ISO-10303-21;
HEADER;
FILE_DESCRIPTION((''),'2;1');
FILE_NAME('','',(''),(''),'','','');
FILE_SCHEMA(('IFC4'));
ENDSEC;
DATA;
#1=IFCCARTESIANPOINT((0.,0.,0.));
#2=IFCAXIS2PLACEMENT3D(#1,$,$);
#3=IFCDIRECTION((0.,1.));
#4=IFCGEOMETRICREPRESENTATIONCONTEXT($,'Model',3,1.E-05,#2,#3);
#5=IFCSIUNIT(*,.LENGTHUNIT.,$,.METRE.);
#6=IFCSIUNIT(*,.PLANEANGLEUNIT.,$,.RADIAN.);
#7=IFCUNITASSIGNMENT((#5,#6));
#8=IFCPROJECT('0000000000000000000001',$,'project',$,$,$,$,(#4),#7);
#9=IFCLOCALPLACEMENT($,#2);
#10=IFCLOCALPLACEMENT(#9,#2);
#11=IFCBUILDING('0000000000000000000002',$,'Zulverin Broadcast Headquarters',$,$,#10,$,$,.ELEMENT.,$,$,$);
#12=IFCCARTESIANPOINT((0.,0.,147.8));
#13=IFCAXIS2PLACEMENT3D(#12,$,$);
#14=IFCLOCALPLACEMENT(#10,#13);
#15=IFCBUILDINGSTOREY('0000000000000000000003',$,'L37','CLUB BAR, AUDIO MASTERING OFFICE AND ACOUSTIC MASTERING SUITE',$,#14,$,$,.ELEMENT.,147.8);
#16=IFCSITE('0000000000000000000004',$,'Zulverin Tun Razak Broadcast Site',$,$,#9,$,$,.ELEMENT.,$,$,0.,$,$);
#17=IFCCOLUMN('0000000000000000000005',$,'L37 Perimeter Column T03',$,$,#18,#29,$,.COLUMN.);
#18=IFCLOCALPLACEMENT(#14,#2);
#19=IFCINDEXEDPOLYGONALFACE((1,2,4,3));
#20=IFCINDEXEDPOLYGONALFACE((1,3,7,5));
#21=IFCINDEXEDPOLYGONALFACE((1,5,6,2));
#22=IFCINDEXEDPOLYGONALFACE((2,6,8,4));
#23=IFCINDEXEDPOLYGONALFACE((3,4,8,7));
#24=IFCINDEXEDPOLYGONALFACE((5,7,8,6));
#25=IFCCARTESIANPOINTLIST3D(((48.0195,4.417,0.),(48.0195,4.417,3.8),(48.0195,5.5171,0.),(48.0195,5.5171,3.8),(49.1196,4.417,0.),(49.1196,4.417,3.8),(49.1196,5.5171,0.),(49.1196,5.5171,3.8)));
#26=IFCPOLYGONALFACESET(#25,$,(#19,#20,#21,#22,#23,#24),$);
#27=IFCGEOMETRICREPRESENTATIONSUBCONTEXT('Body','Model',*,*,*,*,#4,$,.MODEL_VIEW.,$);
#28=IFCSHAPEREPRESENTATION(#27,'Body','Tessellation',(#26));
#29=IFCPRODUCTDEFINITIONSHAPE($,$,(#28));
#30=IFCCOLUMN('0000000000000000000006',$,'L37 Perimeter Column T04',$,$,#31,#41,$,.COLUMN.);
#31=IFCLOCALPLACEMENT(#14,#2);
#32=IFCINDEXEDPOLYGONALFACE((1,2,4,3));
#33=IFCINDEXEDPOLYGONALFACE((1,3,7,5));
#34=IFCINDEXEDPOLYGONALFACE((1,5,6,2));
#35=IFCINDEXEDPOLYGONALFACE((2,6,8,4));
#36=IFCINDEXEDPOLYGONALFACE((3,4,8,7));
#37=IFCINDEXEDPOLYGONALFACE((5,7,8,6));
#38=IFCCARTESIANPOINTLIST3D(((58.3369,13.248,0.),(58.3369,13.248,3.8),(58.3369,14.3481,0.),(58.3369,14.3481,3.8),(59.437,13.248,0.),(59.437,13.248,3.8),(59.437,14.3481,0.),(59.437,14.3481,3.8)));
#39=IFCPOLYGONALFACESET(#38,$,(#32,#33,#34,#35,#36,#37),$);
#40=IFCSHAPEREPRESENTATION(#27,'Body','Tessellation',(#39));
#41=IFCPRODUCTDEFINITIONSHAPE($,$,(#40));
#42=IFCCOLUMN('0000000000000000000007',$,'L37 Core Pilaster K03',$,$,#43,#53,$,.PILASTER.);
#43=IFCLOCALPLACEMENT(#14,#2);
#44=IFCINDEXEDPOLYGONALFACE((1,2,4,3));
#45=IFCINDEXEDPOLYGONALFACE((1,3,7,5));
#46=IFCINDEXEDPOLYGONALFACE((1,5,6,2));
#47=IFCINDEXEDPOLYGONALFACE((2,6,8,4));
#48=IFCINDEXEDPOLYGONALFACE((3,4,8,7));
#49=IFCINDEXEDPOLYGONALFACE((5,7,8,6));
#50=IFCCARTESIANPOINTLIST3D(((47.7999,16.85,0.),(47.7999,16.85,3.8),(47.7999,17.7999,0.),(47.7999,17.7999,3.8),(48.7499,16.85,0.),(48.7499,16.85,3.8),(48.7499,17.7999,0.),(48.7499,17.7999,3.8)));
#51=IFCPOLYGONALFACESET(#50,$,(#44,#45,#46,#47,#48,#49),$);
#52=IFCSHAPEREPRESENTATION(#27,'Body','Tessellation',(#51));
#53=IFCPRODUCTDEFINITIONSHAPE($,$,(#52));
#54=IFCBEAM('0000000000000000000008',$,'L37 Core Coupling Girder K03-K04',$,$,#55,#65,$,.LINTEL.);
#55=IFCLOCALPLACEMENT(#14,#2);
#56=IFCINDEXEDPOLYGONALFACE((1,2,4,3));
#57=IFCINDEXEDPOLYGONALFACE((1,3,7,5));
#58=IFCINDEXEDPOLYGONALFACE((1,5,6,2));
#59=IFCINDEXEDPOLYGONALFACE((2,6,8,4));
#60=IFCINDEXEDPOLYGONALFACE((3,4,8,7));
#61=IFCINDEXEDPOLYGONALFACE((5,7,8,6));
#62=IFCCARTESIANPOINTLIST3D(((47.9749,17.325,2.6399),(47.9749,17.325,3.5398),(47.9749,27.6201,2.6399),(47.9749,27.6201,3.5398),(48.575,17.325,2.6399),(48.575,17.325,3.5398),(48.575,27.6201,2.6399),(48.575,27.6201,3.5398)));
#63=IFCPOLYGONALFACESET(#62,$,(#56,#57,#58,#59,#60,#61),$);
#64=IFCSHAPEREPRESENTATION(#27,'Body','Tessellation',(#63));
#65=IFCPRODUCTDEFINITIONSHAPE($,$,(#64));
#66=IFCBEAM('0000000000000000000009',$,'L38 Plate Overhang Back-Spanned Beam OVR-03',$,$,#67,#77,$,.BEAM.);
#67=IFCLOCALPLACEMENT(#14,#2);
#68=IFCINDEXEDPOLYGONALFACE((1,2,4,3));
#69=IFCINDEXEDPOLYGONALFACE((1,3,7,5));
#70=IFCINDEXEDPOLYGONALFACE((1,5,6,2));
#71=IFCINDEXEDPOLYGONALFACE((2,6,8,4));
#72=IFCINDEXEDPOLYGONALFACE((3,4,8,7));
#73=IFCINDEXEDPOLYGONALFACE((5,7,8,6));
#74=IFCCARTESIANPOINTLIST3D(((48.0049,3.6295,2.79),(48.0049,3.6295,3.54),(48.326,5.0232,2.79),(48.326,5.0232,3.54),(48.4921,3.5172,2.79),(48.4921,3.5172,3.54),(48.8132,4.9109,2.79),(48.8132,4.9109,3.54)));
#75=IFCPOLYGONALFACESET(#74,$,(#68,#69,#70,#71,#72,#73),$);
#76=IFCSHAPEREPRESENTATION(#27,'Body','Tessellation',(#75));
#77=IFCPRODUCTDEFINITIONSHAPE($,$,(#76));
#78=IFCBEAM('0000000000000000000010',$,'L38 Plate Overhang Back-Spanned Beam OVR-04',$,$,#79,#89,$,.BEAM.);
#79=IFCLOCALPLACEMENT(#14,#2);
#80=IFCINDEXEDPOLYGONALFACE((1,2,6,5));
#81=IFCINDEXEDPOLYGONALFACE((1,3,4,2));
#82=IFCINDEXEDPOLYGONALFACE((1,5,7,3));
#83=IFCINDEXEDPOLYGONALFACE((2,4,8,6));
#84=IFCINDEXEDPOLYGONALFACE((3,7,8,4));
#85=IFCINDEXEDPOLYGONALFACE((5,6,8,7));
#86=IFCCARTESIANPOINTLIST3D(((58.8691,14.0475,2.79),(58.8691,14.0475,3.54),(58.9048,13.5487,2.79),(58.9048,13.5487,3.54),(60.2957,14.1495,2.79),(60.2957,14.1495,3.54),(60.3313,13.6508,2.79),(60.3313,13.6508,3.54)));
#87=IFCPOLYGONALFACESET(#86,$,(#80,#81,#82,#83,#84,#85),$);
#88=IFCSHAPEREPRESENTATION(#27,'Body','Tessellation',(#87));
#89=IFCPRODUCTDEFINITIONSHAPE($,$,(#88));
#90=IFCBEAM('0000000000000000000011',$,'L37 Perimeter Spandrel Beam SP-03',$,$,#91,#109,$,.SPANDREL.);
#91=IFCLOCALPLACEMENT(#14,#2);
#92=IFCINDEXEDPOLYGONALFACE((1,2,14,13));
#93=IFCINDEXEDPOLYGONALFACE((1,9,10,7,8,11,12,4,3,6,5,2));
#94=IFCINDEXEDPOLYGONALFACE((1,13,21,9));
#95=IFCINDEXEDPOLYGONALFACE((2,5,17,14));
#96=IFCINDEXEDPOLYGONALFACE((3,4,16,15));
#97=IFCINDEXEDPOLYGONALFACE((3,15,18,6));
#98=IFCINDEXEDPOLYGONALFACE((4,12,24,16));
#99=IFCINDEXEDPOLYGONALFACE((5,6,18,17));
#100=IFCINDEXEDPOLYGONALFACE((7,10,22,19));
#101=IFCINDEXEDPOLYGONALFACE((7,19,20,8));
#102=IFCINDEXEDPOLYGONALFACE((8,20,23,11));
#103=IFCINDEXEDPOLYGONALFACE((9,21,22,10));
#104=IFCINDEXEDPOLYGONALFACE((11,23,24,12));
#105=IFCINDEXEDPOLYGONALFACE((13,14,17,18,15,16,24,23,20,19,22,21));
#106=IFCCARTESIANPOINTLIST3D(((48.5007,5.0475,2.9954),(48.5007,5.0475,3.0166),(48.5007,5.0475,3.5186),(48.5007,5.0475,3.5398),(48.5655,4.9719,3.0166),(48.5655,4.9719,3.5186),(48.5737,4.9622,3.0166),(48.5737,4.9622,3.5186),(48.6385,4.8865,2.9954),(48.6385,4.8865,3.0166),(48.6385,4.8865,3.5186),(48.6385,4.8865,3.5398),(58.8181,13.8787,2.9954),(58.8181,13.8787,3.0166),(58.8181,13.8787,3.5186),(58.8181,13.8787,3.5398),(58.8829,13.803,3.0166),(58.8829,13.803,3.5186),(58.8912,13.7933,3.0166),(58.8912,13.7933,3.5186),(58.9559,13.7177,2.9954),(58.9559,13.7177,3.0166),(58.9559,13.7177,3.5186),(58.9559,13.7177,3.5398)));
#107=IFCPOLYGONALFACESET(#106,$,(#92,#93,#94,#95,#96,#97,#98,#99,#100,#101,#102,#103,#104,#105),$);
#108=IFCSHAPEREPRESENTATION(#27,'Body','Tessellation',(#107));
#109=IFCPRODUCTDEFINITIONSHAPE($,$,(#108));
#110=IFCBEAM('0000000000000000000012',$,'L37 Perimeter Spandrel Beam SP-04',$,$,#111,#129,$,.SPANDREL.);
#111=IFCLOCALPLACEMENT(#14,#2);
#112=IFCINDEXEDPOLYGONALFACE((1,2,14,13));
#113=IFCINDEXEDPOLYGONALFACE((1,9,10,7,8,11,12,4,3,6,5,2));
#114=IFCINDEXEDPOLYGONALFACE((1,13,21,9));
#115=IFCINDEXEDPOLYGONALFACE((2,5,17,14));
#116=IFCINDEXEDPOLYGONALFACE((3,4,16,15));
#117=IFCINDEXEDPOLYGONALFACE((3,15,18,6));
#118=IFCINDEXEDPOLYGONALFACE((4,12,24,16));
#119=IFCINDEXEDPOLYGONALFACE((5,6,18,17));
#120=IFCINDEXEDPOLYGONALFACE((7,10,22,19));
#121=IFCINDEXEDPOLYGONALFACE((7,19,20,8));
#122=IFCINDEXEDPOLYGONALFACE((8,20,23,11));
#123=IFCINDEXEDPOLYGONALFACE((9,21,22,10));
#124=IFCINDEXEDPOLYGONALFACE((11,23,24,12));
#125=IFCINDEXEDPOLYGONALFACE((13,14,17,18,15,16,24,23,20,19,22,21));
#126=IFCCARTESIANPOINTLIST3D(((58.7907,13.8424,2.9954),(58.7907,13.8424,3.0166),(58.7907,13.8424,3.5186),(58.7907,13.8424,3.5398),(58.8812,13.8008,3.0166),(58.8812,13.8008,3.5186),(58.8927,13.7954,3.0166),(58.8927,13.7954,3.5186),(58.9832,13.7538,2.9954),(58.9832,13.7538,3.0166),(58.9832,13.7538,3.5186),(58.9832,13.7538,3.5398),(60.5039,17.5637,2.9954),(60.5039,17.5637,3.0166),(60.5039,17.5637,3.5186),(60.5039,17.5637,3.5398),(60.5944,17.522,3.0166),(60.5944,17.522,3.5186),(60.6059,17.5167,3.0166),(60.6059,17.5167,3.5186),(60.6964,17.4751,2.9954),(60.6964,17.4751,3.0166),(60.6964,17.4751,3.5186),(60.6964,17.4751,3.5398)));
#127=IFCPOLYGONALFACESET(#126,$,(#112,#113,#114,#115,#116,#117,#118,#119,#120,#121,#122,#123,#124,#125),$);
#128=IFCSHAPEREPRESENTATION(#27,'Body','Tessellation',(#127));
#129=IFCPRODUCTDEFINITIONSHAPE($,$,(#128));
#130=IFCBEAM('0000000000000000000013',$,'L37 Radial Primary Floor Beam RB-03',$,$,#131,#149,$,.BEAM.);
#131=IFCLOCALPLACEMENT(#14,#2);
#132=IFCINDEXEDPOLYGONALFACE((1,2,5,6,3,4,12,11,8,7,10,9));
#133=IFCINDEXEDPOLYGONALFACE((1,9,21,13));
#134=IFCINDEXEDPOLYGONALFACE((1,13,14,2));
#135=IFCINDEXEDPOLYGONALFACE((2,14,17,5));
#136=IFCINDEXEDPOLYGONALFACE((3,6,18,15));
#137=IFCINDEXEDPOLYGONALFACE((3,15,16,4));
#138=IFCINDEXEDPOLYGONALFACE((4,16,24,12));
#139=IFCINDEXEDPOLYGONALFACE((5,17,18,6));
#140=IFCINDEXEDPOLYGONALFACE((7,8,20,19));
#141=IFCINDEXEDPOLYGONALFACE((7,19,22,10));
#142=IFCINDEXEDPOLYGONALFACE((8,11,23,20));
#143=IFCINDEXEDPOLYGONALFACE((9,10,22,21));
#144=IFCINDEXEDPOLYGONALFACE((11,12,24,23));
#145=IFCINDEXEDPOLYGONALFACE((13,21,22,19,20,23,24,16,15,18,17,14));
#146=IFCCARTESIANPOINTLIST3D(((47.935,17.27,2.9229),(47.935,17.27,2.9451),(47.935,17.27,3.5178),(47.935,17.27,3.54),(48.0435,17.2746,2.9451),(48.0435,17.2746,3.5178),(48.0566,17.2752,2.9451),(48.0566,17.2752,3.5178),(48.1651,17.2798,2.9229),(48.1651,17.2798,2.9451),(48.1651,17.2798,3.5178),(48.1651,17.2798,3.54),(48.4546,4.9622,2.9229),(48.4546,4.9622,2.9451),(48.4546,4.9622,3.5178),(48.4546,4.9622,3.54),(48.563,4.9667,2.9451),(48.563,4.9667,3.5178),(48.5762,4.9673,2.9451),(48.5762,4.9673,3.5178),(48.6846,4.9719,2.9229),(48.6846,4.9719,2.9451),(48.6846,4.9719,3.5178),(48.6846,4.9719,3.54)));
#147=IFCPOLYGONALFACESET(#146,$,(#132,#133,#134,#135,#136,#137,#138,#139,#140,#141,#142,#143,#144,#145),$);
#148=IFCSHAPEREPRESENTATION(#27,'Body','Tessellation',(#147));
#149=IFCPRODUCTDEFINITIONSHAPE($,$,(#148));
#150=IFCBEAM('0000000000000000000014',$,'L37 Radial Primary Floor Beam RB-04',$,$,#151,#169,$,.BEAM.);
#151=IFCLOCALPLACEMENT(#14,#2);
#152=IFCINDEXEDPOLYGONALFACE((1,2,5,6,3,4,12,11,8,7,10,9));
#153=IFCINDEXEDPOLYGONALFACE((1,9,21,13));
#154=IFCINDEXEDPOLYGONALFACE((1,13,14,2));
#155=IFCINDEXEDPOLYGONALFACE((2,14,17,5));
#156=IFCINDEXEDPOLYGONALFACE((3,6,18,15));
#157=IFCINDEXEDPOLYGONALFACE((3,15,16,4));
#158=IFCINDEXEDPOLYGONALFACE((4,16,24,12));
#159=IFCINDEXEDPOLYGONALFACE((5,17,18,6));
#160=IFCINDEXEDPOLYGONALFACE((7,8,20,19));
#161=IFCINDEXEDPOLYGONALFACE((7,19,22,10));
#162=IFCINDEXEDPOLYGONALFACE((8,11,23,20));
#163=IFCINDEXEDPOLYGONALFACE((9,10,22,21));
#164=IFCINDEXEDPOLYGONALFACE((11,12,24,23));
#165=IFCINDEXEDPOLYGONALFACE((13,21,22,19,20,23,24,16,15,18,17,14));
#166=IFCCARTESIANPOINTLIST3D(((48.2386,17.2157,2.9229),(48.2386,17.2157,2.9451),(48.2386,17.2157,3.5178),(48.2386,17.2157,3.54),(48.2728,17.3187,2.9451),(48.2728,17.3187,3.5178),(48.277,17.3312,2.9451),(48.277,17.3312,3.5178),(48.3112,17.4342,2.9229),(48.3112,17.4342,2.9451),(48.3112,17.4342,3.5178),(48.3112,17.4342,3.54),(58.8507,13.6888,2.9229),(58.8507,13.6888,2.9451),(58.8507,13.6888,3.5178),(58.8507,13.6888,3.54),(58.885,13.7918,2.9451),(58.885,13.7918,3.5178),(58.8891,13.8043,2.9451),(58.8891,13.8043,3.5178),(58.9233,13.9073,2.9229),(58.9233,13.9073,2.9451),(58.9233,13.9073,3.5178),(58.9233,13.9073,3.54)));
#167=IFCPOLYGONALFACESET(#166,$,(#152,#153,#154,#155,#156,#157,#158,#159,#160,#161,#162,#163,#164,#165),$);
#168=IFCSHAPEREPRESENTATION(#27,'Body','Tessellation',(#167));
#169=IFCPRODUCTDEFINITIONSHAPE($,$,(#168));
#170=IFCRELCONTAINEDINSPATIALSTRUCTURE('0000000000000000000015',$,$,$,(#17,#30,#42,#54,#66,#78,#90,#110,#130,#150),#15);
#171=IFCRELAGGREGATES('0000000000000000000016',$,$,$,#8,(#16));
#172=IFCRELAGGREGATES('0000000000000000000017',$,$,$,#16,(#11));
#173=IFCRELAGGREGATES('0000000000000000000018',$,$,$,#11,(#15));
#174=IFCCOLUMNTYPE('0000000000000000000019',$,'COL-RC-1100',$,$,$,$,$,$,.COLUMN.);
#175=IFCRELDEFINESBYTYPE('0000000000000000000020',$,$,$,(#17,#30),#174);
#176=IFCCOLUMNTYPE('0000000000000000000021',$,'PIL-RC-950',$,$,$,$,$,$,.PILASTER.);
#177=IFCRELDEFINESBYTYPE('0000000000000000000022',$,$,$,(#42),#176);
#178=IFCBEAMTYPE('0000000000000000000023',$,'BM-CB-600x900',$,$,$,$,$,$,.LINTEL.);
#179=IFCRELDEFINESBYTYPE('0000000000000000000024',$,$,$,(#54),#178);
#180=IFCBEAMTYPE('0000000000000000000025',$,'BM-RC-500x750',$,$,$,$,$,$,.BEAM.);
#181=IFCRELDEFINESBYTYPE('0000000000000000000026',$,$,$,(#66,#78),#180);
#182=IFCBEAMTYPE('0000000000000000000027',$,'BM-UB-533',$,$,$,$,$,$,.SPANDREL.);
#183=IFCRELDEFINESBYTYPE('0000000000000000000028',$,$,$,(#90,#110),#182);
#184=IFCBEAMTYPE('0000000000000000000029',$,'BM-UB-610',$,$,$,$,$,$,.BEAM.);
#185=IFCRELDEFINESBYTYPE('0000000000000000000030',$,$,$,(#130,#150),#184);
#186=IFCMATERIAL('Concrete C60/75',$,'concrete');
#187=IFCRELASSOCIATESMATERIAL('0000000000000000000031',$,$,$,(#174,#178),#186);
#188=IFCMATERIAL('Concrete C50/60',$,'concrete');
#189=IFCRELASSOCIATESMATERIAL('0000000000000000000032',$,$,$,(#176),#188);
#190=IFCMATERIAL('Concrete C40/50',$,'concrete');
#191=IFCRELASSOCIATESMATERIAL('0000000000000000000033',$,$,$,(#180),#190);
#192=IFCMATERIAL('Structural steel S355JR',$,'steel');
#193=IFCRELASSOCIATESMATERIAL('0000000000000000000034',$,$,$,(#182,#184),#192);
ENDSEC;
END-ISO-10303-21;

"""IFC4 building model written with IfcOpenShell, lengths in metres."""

from ifc_helpers import new_model, si_unit, direction, frame, origin, origin_2d, place, context, subcontext, project, spatial, rectangle, i_section, extrude, material, material_profile, profile_set, type_object, element, save


model = new_model("IFC4")

# Units and contexts
model_context = context("Model", 3, precision=1e-05, world=origin(), true_north=direction((0.0, 1.0)))
body_context = subcontext(model_context, "Body", "Model", "MODEL_VIEW")
ifc_project = project(units=[si_unit("LENGTHUNIT", "METRE"), si_unit("PLANEANGLEUNIT", "RADIAN")], contexts=[model_context])

# Site, building, storey
site_placement = place(None, origin())
site = spatial("IfcSite", under=ifc_project, at=site_placement, Name="Zulverin Tun Razak Broadcast Site", CompositionType="ELEMENT", RefElevation=0.0)
building_placement = place(site_placement, origin())
building = spatial("IfcBuilding", under=site, at=building_placement, Name="Zulverin Broadcast Headquarters", CompositionType="ELEMENT")
storey_placement = place(building_placement, frame((0.0, 0.0, 147.8)))
storey = spatial("IfcBuildingStorey", under=building, at=storey_placement, Name="L37", Description="CLUB BAR, AUDIO MASTERING OFFICE AND ACOUSTIC MASTERING SUITE", CompositionType="ELEMENT", Elevation=147.8)

# Columns
ifc_material_1 = material(Name="Concrete C60/75", Category="concrete")
ifc_material_profile_1 = material_profile(ifc_material_1, rectangle(XDim=1.1001, YDim=1.1001, at=origin_2d()), Name="Concrete C60/75", Category="concrete")
ifc_profile_set_1 = profile_set([ifc_material_profile_1], Name="Concrete C60/75")
column_type_1 = type_object("IfcColumnType", Name="COL-RC-1100", PredefinedType="COLUMN", material=ifc_profile_set_1)
for number, where, z_axis, x_axis, name in (
    (1, (48.5696, 4.967, 0.0), (0.0, 0.0, 1.0), (1.0, 0.0, 0.0), "L37 Perimeter Column T03"),
    (2, (58.887, 13.7981, 0.0), (0.0, 0.0, 1.0), (1.0, 0.0, 0.0), "L37 Perimeter Column T04"),
):
    element("IfcColumn", number, at=place(storey_placement, frame(where, z_axis=z_axis, x_axis=x_axis)), inside=storey, type_object=column_type_1, Name=name, PredefinedType="COLUMN", context=body_context, shape_type="SweptSolid", body=[
        extrude(rectangle(XDim=1.1001, YDim=1.1001, at=origin_2d()), origin(), (0.0, 0.0, 1.0), 3.8),
    ])
ifc_material_2 = material(Name="Concrete C50/60", Category="concrete")
ifc_material_profile_2 = material_profile(ifc_material_2, rectangle(XDim=0.95, YDim=0.95, at=origin_2d()), Name="Concrete C50/60", Category="concrete")
ifc_profile_set_2 = profile_set([ifc_material_profile_2], Name="Concrete C50/60")
column_type_2 = type_object("IfcColumnType", Name="PIL-RC-950", PredefinedType="PILASTER", material=ifc_profile_set_2)
column_placement = place(storey_placement, frame((48.2749, 17.325, 0.0), z_axis=(0.0, 0.0, 1.0), x_axis=(1.0, 0.0, 0.0)))
element("IfcColumn", 3, at=column_placement, inside=storey, type_object=column_type_2, Name="L37 Core Pilaster K03", PredefinedType="PILASTER", context=body_context, shape_type="SweptSolid", body=[
    extrude(rectangle(XDim=0.95, YDim=0.95, at=origin_2d()), origin(), (0.0, 0.0, 1.0), 3.8),
])

# Beams
ifc_material_profile_3 = material_profile(ifc_material_1, rectangle(XDim=0.6001, YDim=0.8999, at=origin_2d()), Name="Concrete C60/75", Category="concrete")
ifc_profile_set_3 = profile_set([ifc_material_profile_3], Name="Concrete C60/75")
beam_type_1 = type_object("IfcBeamType", Name="BM-CB-600x900", PredefinedType="LINTEL", material=ifc_profile_set_3)
beam_1_placement = place(storey_placement, frame((48.2749, 17.325, 3.0898), z_axis=(0.0, 1.0, 0.0), x_axis=(-1.0, 0.0, 0.0)))
element("IfcBeam", 4, at=beam_1_placement, inside=storey, type_object=beam_type_1, Name="L37 Core Coupling Girder K03-K04", PredefinedType="LINTEL", context=body_context, shape_type="SweptSolid", body=[
    extrude(rectangle(XDim=0.6001, YDim=0.8999, at=origin_2d()), origin(), (0.0, 0.0, 1.0), 10.2952),
])
ifc_material_3 = material(Name="Concrete C40/50", Category="concrete")
ifc_material_profile_4 = material_profile(ifc_material_3, rectangle(XDim=0.5, YDim=0.75, at=origin_2d()), Name="Concrete C40/50", Category="concrete")
ifc_profile_set_4 = profile_set([ifc_material_profile_4], Name="Concrete C40/50")
beam_type_2 = type_object("IfcBeamType", Name="BM-RC-500x750", PredefinedType="BEAM", material=ifc_profile_set_4)
for number, where, z_axis, x_axis, name in (
    (5, (48.5696, 4.967, 3.165), (-0.224498, -0.974475, 0.0), (0.974475, -0.224498, 0.0), "L38 Plate Overhang Back-Spanned Beam OVR-03"),
    (6, (58.887, 13.7981, 3.165), (0.997451, 0.071356, 0.0), (-0.071356, 0.997451, 0.0), "L38 Plate Overhang Back-Spanned Beam OVR-04"),
):
    element("IfcBeam", number, at=place(storey_placement, frame(where, z_axis=z_axis, x_axis=x_axis)), inside=storey, type_object=beam_type_2, Name=name, PredefinedType="BEAM", context=body_context, shape_type="SweptSolid", body=[
        extrude(rectangle(XDim=0.5, YDim=0.75, at=origin_2d()), origin(), (0.0, 0.0, 1.0), 1.4302),
    ])
ifc_material_4 = material(Name="Structural steel S355JR", Category="steel")
ifc_material_profile_5 = material_profile(ifc_material_4, i_section(OverallWidth=0.2119, OverallDepth=0.5444, WebThickness=0.0127, FlangeThickness=0.0212, at=origin_2d()), Name="Structural steel S355JR", Category="steel")
ifc_profile_set_5 = profile_set([ifc_material_profile_5], Name="Structural steel S355JR")
beam_type_3 = type_object("IfcBeamType", Name="BM-UB-533", PredefinedType="SPANDREL", material=ifc_profile_set_5)
beam_2_placement = place(storey_placement, frame((48.5696, 4.967, 3.2676), z_axis=(0.759708, 0.650264, 0.0), x_axis=(-0.650264, 0.759708, 0.0)))
element("IfcBeam", 7, at=beam_2_placement, inside=storey, type_object=beam_type_3, Name="L37 Perimeter Spandrel Beam SP-03", PredefinedType="SPANDREL", context=body_context, shape_type="SweptSolid", body=[
    extrude(i_section(OverallWidth=0.2119, OverallDepth=0.5444, WebThickness=0.0127, FlangeThickness=0.0212, at=origin_2d()), origin(), (0.0, 0.0, 1.0), 13.5808),
])
beam_3_placement = place(storey_placement, frame((58.887, 13.7981, 3.2676), z_axis=(0.418185, 0.908362, 0.0), x_axis=(-0.908362, 0.418185, 0.0)))
element("IfcBeam", 8, at=beam_3_placement, inside=storey, type_object=beam_type_3, Name="L37 Perimeter Spandrel Beam SP-04", PredefinedType="SPANDREL", context=body_context, shape_type="SweptSolid", body=[
    extrude(i_section(OverallWidth=0.2119, OverallDepth=0.5444, WebThickness=0.0127, FlangeThickness=0.0212, at=origin_2d()), origin(), (0.0, 0.0, 1.0), 4.0967),
])
ifc_material_profile_6 = material_profile(ifc_material_4, i_section(OverallWidth=0.2302, OverallDepth=0.6172, WebThickness=0.0132, FlangeThickness=0.0222, at=origin_2d()), Name="Structural steel S355JR", Category="steel")
ifc_profile_set_6 = profile_set([ifc_material_profile_6], Name="Structural steel S355JR")
beam_type_4 = type_object("IfcBeamType", Name="BM-UB-610", PredefinedType="BEAM", material=ifc_profile_set_6)
beam_4_placement = place(storey_placement, frame((48.05, 17.2749, 3.2314), z_axis=(0.042174, -0.99911, 0.0), x_axis=(0.99911, 0.042174, 0.0)))
element("IfcBeam", 9, at=beam_4_placement, inside=storey, type_object=beam_type_4, Name="L37 Radial Primary Floor Beam RB-03", PredefinedType="BEAM", context=body_context, shape_type="SweptSolid", body=[
    extrude(i_section(OverallWidth=0.2302, OverallDepth=0.6172, WebThickness=0.0132, FlangeThickness=0.0222, at=origin_2d()), origin(), (0.0, 0.0, 1.0), 12.3188),
])
beam_5_placement = place(storey_placement, frame((48.2749, 17.325, 3.2314), z_axis=(0.948965, -0.315383, 0.0), x_axis=(0.315383, 0.948965, 0.0)))
element("IfcBeam", 10, at=beam_5_placement, inside=storey, type_object=beam_type_4, Name="L37 Radial Primary Floor Beam RB-04", PredefinedType="BEAM", context=body_context, shape_type="SweptSolid", body=[
    extrude(i_section(OverallWidth=0.2302, OverallDepth=0.6172, WebThickness=0.0132, FlangeThickness=0.0222, at=origin_2d()), origin(), (0.0, 0.0, 1.0), 11.1829),
])

save(model, "model.ifc")
